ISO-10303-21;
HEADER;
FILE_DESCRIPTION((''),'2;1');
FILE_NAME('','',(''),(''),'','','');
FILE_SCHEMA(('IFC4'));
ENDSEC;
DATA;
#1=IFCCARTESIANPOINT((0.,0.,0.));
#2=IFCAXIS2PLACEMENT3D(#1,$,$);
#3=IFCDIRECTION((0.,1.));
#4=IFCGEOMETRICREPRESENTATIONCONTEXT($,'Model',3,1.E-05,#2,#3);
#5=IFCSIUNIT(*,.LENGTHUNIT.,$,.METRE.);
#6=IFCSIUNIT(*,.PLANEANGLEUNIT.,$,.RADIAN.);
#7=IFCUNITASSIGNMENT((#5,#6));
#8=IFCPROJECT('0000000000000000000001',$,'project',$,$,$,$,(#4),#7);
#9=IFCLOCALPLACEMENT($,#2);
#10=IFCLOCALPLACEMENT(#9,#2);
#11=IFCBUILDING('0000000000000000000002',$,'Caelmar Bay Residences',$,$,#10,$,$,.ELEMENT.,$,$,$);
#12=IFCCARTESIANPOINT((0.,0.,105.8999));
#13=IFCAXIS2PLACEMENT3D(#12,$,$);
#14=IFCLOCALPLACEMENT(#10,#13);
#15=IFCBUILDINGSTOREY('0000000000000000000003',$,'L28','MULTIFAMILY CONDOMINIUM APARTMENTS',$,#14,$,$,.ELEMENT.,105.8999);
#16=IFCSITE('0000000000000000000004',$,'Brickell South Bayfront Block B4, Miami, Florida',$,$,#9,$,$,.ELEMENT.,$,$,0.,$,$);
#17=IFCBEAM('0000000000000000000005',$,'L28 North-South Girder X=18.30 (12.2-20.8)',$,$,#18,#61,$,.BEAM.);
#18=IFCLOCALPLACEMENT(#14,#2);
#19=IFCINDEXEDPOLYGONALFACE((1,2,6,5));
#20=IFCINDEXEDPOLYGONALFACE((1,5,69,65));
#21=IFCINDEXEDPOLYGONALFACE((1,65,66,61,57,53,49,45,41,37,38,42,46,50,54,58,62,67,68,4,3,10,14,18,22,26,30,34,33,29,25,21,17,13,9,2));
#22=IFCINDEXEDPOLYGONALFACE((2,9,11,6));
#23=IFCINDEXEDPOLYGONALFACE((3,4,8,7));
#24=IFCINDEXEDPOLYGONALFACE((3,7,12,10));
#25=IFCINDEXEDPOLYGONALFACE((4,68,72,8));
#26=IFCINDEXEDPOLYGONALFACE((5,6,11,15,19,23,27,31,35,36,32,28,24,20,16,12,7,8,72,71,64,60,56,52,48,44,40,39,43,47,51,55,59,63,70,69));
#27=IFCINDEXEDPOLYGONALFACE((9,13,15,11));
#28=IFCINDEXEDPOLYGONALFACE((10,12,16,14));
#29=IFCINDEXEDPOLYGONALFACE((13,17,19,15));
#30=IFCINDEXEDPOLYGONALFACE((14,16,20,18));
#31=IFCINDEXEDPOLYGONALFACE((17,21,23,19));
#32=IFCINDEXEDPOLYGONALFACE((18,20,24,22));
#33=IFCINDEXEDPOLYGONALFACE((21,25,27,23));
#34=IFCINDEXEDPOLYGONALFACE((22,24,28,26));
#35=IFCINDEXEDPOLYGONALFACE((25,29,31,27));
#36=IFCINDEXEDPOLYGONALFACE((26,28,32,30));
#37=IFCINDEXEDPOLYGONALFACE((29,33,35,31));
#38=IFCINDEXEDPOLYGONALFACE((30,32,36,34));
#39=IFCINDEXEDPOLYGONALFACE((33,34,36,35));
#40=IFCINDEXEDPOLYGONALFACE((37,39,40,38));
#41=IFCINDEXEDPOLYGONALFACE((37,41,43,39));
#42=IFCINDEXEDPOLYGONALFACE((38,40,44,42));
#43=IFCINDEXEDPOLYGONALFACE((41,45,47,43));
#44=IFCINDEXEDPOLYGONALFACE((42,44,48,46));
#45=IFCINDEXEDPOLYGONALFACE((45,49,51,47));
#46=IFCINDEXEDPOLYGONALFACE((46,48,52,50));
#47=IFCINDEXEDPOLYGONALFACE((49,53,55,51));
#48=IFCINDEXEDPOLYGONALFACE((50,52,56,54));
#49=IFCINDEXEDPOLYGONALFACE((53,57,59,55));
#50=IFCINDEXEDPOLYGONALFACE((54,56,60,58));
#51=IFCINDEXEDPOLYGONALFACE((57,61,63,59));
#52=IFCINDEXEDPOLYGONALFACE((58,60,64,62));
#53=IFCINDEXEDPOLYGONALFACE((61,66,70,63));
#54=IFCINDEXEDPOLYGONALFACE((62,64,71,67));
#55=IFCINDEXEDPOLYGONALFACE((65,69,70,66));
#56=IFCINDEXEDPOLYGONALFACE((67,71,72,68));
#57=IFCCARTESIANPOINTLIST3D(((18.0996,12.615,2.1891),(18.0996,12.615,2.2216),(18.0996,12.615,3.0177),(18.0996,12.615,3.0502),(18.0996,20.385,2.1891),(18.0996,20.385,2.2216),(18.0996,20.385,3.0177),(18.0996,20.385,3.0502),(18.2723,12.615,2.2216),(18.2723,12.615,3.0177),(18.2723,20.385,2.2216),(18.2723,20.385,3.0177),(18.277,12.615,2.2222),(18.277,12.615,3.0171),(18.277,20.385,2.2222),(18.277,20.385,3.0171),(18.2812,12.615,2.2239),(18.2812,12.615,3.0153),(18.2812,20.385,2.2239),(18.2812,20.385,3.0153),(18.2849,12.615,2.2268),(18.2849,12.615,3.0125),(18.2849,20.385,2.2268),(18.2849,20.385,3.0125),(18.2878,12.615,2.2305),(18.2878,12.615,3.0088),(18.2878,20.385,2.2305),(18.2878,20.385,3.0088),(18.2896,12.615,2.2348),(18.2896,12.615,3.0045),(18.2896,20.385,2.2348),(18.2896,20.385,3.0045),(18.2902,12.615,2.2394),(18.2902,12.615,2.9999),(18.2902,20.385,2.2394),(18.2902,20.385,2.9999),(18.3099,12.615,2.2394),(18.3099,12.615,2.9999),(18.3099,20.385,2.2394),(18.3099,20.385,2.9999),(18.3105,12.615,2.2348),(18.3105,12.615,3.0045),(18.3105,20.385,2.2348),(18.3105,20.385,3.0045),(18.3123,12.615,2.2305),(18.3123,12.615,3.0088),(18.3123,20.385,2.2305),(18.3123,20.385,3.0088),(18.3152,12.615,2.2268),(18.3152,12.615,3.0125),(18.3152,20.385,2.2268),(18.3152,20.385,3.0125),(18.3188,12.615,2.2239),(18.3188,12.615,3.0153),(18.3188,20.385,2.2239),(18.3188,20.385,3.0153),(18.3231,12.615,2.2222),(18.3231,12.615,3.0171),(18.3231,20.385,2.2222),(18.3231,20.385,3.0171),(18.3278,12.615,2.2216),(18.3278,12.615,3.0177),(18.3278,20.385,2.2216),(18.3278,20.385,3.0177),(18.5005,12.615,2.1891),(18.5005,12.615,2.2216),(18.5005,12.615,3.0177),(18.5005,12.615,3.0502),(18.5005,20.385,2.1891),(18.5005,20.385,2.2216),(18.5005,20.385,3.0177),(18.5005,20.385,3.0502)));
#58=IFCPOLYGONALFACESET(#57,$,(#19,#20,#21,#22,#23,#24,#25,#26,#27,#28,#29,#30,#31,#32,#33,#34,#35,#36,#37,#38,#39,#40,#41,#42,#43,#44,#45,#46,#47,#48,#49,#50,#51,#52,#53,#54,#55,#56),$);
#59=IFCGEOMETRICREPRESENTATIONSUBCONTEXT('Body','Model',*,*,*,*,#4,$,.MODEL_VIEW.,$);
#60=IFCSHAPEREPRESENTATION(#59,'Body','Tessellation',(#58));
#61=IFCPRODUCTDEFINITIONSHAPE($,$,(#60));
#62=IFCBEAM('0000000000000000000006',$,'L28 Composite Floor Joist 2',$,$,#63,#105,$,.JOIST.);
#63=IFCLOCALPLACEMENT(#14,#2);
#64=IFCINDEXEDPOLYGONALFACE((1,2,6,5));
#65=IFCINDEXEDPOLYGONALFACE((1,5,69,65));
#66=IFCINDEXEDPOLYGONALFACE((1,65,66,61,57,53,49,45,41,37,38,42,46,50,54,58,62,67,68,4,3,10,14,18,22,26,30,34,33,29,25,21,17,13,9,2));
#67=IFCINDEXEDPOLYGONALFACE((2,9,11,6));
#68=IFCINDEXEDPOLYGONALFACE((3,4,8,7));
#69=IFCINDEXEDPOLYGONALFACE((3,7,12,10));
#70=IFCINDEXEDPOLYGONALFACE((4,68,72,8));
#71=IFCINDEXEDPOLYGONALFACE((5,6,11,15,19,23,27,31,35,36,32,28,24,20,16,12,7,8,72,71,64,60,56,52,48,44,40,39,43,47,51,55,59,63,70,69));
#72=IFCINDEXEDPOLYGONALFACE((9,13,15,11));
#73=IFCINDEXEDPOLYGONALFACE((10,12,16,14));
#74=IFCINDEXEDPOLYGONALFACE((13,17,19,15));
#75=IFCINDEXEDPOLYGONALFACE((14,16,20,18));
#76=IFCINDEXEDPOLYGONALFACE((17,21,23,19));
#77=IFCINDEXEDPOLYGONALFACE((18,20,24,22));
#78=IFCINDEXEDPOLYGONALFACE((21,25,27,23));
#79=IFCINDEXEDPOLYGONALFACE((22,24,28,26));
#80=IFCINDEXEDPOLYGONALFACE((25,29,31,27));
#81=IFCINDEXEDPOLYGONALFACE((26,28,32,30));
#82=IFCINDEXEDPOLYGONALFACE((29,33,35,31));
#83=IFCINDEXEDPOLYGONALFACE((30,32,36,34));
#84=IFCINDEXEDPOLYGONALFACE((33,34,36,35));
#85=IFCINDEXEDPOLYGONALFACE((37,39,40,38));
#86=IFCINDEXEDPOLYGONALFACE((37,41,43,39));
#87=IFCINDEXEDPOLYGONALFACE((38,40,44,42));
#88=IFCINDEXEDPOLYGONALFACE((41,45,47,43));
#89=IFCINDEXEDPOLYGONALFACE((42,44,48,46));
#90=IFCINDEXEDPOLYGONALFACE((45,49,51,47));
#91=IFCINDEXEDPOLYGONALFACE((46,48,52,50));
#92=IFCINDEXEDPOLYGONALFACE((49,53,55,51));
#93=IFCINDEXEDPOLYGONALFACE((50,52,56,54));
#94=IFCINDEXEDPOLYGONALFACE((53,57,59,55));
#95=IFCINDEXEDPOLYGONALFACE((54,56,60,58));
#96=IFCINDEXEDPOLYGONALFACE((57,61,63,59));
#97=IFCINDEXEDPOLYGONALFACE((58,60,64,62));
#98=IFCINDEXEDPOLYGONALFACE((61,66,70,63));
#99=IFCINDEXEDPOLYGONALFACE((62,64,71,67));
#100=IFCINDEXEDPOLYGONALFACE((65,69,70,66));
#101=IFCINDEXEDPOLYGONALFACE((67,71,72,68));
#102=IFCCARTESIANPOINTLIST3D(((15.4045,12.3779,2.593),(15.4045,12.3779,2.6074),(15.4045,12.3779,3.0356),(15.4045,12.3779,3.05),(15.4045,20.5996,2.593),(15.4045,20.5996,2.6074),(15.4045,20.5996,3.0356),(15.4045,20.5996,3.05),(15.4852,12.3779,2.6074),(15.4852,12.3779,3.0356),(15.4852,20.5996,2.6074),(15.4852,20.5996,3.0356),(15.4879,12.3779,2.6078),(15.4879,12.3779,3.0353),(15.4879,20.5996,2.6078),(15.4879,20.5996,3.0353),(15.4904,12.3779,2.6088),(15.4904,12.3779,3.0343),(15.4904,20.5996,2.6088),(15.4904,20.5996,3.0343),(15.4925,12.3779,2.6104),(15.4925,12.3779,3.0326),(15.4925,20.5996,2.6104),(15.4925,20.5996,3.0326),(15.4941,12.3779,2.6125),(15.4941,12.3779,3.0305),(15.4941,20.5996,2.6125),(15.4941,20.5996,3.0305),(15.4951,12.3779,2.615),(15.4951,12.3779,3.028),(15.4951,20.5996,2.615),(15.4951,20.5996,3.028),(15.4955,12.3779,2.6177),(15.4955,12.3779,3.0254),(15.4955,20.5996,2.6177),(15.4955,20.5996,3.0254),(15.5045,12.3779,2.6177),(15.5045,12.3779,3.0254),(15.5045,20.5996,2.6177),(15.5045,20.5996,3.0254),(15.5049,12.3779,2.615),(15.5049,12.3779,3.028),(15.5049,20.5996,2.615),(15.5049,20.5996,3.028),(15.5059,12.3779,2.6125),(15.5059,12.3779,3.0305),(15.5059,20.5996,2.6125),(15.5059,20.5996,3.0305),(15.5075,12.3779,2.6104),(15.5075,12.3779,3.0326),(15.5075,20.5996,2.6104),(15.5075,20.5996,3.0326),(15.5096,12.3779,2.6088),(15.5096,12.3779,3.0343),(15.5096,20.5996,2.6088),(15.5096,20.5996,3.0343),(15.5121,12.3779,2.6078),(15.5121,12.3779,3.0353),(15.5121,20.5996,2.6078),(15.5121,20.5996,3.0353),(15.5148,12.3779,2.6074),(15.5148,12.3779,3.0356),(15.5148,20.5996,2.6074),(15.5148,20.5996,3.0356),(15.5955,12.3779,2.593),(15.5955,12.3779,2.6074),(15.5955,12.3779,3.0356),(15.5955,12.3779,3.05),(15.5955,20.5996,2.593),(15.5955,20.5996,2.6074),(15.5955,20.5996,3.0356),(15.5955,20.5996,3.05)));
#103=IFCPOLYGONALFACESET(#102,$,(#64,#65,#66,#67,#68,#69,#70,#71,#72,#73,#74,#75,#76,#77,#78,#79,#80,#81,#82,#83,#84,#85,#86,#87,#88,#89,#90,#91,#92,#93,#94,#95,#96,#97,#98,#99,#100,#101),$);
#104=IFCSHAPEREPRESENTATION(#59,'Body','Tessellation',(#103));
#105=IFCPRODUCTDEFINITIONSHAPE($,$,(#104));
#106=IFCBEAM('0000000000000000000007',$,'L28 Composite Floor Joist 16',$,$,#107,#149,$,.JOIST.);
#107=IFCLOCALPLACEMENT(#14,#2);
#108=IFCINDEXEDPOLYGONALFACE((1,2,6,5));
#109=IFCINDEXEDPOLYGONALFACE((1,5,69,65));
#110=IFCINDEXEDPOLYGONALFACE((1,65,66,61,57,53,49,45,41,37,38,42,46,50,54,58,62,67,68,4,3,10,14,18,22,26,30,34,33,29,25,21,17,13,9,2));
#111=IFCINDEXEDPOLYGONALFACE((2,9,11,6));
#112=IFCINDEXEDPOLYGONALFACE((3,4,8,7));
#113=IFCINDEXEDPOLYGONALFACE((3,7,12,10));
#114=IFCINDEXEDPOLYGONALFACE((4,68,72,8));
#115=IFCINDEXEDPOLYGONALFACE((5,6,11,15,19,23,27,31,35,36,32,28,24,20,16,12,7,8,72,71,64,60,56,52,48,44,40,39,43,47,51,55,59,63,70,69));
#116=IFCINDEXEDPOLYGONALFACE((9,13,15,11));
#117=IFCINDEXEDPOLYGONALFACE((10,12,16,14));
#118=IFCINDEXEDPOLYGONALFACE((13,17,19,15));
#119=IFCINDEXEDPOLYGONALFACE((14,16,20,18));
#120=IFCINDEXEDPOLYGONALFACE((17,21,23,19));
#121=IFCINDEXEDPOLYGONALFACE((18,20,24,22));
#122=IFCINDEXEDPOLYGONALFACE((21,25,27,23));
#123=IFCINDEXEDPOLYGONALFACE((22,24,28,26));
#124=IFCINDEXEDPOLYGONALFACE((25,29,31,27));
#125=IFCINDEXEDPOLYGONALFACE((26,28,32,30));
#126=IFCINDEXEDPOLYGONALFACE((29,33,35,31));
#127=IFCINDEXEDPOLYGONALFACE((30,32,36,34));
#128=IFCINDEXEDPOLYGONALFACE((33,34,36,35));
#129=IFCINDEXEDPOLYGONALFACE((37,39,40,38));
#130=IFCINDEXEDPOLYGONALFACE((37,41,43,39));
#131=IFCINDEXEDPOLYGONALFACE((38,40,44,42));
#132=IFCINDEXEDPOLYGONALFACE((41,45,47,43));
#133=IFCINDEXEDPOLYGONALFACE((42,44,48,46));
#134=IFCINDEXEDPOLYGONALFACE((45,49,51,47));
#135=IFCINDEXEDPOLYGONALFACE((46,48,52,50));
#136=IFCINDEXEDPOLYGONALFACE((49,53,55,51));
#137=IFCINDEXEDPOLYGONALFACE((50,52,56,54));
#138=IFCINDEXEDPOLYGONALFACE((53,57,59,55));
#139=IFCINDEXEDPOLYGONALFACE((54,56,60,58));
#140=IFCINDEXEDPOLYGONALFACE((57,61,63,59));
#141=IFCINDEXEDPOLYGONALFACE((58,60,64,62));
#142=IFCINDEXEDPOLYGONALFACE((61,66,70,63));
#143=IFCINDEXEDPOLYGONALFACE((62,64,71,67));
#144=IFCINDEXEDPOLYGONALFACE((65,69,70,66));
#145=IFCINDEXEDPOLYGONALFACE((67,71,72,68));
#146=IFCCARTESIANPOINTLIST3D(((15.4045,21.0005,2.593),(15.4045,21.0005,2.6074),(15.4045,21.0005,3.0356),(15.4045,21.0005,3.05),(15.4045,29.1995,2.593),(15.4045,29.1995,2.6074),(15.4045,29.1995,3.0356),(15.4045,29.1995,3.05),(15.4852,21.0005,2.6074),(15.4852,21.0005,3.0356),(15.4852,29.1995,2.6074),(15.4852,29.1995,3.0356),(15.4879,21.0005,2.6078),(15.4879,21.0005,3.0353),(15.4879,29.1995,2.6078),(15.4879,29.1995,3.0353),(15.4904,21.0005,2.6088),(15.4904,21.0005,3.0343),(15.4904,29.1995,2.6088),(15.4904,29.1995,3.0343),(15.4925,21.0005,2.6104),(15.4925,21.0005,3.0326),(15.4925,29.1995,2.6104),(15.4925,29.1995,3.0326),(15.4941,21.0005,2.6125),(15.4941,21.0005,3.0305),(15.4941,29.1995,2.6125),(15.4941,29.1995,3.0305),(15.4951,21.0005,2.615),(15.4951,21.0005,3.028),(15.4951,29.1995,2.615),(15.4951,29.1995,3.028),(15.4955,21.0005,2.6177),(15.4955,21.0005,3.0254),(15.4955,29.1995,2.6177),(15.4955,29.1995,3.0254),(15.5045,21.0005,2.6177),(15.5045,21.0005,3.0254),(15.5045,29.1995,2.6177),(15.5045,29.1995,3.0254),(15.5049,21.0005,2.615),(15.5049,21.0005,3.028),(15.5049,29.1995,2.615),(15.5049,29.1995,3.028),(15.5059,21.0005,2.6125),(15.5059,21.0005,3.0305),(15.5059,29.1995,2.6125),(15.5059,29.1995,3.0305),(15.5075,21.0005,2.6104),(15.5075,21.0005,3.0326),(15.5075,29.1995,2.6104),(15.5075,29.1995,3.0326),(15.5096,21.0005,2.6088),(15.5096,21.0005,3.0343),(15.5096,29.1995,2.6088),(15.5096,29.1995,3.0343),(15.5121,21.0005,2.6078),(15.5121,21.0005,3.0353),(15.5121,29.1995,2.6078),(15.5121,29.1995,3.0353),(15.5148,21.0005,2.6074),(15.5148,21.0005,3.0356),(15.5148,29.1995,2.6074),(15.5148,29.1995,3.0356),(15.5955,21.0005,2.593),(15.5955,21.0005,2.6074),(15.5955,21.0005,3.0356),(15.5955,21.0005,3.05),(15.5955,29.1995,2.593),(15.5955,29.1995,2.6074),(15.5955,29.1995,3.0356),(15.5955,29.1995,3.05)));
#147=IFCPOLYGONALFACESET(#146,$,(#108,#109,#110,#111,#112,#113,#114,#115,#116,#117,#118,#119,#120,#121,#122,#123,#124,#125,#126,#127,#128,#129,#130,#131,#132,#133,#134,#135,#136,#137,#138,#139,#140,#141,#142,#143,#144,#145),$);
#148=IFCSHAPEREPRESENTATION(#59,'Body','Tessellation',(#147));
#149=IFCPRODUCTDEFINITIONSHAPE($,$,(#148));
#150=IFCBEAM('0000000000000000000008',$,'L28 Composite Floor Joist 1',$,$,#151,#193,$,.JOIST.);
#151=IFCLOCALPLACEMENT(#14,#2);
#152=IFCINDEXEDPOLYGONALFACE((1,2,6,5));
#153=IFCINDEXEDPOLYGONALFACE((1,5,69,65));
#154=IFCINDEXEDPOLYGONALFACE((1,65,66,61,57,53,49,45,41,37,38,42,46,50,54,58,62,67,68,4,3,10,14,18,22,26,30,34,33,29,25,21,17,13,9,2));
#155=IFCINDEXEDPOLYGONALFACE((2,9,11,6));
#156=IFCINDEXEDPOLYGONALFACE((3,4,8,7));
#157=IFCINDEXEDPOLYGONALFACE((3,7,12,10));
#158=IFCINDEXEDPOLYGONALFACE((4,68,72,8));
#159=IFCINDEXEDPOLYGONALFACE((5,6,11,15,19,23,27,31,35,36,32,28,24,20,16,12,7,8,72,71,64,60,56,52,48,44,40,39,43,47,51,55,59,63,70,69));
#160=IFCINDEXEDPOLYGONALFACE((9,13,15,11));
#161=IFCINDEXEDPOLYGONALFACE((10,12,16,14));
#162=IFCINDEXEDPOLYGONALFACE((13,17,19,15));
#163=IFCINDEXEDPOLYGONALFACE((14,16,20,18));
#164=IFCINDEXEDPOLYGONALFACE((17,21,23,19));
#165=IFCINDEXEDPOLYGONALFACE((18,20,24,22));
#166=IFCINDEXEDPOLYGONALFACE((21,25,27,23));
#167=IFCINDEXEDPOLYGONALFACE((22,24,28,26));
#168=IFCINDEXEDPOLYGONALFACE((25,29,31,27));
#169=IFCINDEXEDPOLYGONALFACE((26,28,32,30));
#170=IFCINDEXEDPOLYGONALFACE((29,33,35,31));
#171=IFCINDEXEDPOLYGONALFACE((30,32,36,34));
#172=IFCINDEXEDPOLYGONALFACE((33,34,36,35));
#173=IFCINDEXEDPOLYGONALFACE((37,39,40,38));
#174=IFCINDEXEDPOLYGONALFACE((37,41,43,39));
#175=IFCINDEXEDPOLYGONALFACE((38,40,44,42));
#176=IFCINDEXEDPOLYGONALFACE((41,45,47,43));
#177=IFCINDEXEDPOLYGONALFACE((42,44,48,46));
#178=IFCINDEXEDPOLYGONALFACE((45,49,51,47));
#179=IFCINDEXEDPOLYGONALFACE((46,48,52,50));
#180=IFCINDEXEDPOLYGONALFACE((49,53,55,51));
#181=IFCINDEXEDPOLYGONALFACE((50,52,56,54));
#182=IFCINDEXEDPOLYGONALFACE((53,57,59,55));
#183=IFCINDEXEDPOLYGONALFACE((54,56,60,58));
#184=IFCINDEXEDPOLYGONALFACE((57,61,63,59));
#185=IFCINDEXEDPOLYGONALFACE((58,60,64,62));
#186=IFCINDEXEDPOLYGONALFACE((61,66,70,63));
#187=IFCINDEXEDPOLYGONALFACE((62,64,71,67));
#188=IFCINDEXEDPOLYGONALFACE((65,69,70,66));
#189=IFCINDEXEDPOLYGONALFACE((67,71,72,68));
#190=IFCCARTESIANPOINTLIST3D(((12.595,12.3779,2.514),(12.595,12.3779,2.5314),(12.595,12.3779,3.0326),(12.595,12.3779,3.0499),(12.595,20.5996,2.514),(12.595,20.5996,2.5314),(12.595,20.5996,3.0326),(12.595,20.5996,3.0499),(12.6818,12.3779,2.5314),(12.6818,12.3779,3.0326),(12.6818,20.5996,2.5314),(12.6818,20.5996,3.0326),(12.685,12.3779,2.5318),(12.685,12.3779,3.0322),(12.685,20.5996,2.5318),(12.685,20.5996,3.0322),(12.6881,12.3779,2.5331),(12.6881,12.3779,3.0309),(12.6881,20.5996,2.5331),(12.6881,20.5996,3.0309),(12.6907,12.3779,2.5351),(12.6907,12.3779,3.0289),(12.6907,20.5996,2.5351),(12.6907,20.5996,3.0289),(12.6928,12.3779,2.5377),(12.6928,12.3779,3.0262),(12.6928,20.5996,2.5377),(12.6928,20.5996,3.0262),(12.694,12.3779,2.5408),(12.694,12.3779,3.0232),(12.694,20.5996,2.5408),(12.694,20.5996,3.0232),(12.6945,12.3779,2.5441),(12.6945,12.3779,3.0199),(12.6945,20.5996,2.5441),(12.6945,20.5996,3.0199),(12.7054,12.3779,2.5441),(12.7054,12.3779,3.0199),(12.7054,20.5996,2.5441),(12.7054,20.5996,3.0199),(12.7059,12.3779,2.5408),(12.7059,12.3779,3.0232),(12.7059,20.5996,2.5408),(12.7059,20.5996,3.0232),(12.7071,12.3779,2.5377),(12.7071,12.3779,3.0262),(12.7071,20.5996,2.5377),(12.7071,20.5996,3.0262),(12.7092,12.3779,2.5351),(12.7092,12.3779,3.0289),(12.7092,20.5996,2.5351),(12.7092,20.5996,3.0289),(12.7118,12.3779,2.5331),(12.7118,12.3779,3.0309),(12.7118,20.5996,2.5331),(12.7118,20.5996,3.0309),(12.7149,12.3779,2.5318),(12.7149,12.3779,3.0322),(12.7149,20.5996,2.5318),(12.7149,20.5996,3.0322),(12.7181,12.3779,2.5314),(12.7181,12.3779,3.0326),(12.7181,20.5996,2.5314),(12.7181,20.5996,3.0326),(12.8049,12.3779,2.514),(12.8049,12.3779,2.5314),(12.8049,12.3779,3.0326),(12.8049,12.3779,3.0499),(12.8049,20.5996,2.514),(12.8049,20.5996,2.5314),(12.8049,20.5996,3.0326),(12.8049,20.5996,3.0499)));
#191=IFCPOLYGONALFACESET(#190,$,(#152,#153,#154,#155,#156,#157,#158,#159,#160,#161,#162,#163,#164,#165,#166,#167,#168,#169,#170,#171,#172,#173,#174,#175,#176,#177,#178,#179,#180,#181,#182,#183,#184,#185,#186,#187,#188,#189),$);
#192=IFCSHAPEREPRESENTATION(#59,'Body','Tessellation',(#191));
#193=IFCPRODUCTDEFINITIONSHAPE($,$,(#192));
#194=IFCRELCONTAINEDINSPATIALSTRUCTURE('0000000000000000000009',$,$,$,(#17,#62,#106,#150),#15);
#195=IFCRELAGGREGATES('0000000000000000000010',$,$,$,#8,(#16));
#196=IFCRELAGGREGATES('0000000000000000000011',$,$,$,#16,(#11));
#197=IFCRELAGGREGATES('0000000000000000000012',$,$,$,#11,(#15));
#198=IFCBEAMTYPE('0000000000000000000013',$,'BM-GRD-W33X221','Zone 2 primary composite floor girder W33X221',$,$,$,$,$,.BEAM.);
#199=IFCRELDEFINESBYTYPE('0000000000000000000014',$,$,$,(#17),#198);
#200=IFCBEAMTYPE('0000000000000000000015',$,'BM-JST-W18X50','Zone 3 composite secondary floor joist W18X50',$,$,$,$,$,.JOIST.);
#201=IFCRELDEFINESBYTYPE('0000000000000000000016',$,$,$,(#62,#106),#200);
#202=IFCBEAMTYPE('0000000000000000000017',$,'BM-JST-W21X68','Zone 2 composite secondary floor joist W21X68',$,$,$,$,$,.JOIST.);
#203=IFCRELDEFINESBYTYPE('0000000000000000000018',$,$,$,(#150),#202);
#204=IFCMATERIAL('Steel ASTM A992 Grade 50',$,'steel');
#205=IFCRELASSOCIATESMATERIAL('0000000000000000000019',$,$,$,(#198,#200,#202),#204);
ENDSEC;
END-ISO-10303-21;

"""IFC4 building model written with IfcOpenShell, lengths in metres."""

from ifc_helpers import new_model, si_unit, direction, frame, origin, origin_2d, place, context, subcontext, project, spatial, i_section, extrude, material, material_profile, profile_set, type_object, element, save


model = new_model("IFC4")

# Units and contexts
model_context = context("Model", 3, precision=1e-05, world=origin(), true_north=direction((0.0, 1.0)))
body_context = subcontext(model_context, "Body", "Model", "MODEL_VIEW")
ifc_project = project(units=[si_unit("LENGTHUNIT", "METRE"), si_unit("PLANEANGLEUNIT", "RADIAN")], contexts=[model_context])

# Site, building, storey
site_placement = place(None, origin())
site = spatial("IfcSite", under=ifc_project, at=site_placement, Name="Brickell South Bayfront Block B4, Miami, Florida", CompositionType="ELEMENT", RefElevation=0.0)
building_placement = place(site_placement, origin())
building = spatial("IfcBuilding", under=site, at=building_placement, Name="Caelmar Bay Residences", CompositionType="ELEMENT")
storey_placement = place(building_placement, frame((0.0, 0.0, 105.8999)))
storey = spatial("IfcBuildingStorey", under=building, at=storey_placement, Name="L28", Description="MULTIFAMILY CONDOMINIUM APARTMENTS", CompositionType="ELEMENT", Elevation=105.8999)

# Beams
ifc_material_1 = material(Name="Steel ASTM A992 Grade 50", Category="steel")
ifc_material_profile_1 = material_profile(ifc_material_1, i_section(OverallWidth=0.4009, OverallDepth=0.8611, WebThickness=0.0198, FlangeThickness=0.0325, FilletRadius=0.0178, at=origin_2d()), Name="W33X221")
ifc_profile_set_1 = profile_set([ifc_material_profile_1], Name="Steel ASTM A992 Grade 50")
beam_type_1 = type_object("IfcBeamType", Name="BM-GRD-W33X221", Description="Zone 2 primary composite floor girder W33X221", PredefinedType="BEAM", material=ifc_profile_set_1)
for number, where, z_axis, x_axis, name in (
    (1, (18.3, 12.615, 2.6196), (0.0, 1.0, 0.0), (-1.0, 0.0, 0.0), "L28 North-South Girder X=18.30 (12.2-20.8)"),
):
    element("IfcBeam", number, at=place(storey_placement, frame(where, z_axis=z_axis, x_axis=x_axis)), inside=storey, type_object=beam_type_1, Name=name, PredefinedType="BEAM", context=body_context, shape_type="SweptSolid", body=[
        extrude(i_section(OverallWidth=0.4009, OverallDepth=0.8611, WebThickness=0.0198, FlangeThickness=0.0325, FilletRadius=0.0178, at=origin_2d()), origin(), (0.0, 0.0, 1.0), 7.77),
    ])
ifc_material_profile_2 = material_profile(ifc_material_1, i_section(OverallWidth=0.1909, OverallDepth=0.457, WebThickness=0.009, FlangeThickness=0.0144, FilletRadius=0.0103, at=origin_2d()), Name="W18X50")
ifc_profile_set_2 = profile_set([ifc_material_profile_2], Name="Steel ASTM A992 Grade 50")
beam_type_2 = type_object("IfcBeamType", Name="BM-JST-W18X50", Description="Zone 3 composite secondary floor joist W18X50", PredefinedType="JOIST", material=ifc_profile_set_2)
beam_1_placement = place(storey_placement, frame((15.5, 12.3779, 2.8215), z_axis=(0.0, 1.0, 0.0), x_axis=(-1.0, 0.0, 0.0)))
element("IfcBeam", 2, at=beam_1_placement, inside=storey, type_object=beam_type_2, Name="L28 Composite Floor Joist 2", PredefinedType="JOIST", context=body_context, shape_type="SweptSolid", body=[
    extrude(i_section(OverallWidth=0.1909, OverallDepth=0.457, WebThickness=0.009, FlangeThickness=0.0144, FilletRadius=0.0103, at=origin_2d()), origin(), (0.0, 0.0, 1.0), 8.2217),
])
beam_2_placement = place(storey_placement, frame((15.5, 21.0005, 2.8215), z_axis=(0.0, 1.0, 0.0), x_axis=(-1.0, 0.0, 0.0)))
element("IfcBeam", 3, at=beam_2_placement, inside=storey, type_object=beam_type_2, Name="L28 Composite Floor Joist 16", PredefinedType="JOIST", context=body_context, shape_type="SweptSolid", body=[
    extrude(i_section(OverallWidth=0.1909, OverallDepth=0.457, WebThickness=0.009, FlangeThickness=0.0144, FilletRadius=0.0103, at=origin_2d()), origin(), (0.0, 0.0, 1.0), 8.199),
])
ifc_material_profile_3 = material_profile(ifc_material_1, i_section(OverallWidth=0.21, OverallDepth=0.5359, WebThickness=0.011, FlangeThickness=0.0173, FilletRadius=0.0127, at=origin_2d()), Name="W21X68")
ifc_profile_set_3 = profile_set([ifc_material_profile_3], Name="Steel ASTM A992 Grade 50")
beam_type_3 = type_object("IfcBeamType", Name="BM-JST-W21X68", Description="Zone 2 composite secondary floor joist W21X68", PredefinedType="JOIST", material=ifc_profile_set_3)
beam_3_placement = place(storey_placement, frame((12.7, 12.3779, 2.782), z_axis=(0.0, 1.0, 0.0), x_axis=(-1.0, 0.0, 0.0)))
element("IfcBeam", 4, at=beam_3_placement, inside=storey, type_object=beam_type_3, Name="L28 Composite Floor Joist 1", PredefinedType="JOIST", context=body_context, shape_type="SweptSolid", body=[
    extrude(i_section(OverallWidth=0.21, OverallDepth=0.5359, WebThickness=0.011, FlangeThickness=0.0173, FilletRadius=0.0127, at=origin_2d()), origin(), (0.0, 0.0, 1.0), 8.2217),
])

save(model, "model.ifc")
